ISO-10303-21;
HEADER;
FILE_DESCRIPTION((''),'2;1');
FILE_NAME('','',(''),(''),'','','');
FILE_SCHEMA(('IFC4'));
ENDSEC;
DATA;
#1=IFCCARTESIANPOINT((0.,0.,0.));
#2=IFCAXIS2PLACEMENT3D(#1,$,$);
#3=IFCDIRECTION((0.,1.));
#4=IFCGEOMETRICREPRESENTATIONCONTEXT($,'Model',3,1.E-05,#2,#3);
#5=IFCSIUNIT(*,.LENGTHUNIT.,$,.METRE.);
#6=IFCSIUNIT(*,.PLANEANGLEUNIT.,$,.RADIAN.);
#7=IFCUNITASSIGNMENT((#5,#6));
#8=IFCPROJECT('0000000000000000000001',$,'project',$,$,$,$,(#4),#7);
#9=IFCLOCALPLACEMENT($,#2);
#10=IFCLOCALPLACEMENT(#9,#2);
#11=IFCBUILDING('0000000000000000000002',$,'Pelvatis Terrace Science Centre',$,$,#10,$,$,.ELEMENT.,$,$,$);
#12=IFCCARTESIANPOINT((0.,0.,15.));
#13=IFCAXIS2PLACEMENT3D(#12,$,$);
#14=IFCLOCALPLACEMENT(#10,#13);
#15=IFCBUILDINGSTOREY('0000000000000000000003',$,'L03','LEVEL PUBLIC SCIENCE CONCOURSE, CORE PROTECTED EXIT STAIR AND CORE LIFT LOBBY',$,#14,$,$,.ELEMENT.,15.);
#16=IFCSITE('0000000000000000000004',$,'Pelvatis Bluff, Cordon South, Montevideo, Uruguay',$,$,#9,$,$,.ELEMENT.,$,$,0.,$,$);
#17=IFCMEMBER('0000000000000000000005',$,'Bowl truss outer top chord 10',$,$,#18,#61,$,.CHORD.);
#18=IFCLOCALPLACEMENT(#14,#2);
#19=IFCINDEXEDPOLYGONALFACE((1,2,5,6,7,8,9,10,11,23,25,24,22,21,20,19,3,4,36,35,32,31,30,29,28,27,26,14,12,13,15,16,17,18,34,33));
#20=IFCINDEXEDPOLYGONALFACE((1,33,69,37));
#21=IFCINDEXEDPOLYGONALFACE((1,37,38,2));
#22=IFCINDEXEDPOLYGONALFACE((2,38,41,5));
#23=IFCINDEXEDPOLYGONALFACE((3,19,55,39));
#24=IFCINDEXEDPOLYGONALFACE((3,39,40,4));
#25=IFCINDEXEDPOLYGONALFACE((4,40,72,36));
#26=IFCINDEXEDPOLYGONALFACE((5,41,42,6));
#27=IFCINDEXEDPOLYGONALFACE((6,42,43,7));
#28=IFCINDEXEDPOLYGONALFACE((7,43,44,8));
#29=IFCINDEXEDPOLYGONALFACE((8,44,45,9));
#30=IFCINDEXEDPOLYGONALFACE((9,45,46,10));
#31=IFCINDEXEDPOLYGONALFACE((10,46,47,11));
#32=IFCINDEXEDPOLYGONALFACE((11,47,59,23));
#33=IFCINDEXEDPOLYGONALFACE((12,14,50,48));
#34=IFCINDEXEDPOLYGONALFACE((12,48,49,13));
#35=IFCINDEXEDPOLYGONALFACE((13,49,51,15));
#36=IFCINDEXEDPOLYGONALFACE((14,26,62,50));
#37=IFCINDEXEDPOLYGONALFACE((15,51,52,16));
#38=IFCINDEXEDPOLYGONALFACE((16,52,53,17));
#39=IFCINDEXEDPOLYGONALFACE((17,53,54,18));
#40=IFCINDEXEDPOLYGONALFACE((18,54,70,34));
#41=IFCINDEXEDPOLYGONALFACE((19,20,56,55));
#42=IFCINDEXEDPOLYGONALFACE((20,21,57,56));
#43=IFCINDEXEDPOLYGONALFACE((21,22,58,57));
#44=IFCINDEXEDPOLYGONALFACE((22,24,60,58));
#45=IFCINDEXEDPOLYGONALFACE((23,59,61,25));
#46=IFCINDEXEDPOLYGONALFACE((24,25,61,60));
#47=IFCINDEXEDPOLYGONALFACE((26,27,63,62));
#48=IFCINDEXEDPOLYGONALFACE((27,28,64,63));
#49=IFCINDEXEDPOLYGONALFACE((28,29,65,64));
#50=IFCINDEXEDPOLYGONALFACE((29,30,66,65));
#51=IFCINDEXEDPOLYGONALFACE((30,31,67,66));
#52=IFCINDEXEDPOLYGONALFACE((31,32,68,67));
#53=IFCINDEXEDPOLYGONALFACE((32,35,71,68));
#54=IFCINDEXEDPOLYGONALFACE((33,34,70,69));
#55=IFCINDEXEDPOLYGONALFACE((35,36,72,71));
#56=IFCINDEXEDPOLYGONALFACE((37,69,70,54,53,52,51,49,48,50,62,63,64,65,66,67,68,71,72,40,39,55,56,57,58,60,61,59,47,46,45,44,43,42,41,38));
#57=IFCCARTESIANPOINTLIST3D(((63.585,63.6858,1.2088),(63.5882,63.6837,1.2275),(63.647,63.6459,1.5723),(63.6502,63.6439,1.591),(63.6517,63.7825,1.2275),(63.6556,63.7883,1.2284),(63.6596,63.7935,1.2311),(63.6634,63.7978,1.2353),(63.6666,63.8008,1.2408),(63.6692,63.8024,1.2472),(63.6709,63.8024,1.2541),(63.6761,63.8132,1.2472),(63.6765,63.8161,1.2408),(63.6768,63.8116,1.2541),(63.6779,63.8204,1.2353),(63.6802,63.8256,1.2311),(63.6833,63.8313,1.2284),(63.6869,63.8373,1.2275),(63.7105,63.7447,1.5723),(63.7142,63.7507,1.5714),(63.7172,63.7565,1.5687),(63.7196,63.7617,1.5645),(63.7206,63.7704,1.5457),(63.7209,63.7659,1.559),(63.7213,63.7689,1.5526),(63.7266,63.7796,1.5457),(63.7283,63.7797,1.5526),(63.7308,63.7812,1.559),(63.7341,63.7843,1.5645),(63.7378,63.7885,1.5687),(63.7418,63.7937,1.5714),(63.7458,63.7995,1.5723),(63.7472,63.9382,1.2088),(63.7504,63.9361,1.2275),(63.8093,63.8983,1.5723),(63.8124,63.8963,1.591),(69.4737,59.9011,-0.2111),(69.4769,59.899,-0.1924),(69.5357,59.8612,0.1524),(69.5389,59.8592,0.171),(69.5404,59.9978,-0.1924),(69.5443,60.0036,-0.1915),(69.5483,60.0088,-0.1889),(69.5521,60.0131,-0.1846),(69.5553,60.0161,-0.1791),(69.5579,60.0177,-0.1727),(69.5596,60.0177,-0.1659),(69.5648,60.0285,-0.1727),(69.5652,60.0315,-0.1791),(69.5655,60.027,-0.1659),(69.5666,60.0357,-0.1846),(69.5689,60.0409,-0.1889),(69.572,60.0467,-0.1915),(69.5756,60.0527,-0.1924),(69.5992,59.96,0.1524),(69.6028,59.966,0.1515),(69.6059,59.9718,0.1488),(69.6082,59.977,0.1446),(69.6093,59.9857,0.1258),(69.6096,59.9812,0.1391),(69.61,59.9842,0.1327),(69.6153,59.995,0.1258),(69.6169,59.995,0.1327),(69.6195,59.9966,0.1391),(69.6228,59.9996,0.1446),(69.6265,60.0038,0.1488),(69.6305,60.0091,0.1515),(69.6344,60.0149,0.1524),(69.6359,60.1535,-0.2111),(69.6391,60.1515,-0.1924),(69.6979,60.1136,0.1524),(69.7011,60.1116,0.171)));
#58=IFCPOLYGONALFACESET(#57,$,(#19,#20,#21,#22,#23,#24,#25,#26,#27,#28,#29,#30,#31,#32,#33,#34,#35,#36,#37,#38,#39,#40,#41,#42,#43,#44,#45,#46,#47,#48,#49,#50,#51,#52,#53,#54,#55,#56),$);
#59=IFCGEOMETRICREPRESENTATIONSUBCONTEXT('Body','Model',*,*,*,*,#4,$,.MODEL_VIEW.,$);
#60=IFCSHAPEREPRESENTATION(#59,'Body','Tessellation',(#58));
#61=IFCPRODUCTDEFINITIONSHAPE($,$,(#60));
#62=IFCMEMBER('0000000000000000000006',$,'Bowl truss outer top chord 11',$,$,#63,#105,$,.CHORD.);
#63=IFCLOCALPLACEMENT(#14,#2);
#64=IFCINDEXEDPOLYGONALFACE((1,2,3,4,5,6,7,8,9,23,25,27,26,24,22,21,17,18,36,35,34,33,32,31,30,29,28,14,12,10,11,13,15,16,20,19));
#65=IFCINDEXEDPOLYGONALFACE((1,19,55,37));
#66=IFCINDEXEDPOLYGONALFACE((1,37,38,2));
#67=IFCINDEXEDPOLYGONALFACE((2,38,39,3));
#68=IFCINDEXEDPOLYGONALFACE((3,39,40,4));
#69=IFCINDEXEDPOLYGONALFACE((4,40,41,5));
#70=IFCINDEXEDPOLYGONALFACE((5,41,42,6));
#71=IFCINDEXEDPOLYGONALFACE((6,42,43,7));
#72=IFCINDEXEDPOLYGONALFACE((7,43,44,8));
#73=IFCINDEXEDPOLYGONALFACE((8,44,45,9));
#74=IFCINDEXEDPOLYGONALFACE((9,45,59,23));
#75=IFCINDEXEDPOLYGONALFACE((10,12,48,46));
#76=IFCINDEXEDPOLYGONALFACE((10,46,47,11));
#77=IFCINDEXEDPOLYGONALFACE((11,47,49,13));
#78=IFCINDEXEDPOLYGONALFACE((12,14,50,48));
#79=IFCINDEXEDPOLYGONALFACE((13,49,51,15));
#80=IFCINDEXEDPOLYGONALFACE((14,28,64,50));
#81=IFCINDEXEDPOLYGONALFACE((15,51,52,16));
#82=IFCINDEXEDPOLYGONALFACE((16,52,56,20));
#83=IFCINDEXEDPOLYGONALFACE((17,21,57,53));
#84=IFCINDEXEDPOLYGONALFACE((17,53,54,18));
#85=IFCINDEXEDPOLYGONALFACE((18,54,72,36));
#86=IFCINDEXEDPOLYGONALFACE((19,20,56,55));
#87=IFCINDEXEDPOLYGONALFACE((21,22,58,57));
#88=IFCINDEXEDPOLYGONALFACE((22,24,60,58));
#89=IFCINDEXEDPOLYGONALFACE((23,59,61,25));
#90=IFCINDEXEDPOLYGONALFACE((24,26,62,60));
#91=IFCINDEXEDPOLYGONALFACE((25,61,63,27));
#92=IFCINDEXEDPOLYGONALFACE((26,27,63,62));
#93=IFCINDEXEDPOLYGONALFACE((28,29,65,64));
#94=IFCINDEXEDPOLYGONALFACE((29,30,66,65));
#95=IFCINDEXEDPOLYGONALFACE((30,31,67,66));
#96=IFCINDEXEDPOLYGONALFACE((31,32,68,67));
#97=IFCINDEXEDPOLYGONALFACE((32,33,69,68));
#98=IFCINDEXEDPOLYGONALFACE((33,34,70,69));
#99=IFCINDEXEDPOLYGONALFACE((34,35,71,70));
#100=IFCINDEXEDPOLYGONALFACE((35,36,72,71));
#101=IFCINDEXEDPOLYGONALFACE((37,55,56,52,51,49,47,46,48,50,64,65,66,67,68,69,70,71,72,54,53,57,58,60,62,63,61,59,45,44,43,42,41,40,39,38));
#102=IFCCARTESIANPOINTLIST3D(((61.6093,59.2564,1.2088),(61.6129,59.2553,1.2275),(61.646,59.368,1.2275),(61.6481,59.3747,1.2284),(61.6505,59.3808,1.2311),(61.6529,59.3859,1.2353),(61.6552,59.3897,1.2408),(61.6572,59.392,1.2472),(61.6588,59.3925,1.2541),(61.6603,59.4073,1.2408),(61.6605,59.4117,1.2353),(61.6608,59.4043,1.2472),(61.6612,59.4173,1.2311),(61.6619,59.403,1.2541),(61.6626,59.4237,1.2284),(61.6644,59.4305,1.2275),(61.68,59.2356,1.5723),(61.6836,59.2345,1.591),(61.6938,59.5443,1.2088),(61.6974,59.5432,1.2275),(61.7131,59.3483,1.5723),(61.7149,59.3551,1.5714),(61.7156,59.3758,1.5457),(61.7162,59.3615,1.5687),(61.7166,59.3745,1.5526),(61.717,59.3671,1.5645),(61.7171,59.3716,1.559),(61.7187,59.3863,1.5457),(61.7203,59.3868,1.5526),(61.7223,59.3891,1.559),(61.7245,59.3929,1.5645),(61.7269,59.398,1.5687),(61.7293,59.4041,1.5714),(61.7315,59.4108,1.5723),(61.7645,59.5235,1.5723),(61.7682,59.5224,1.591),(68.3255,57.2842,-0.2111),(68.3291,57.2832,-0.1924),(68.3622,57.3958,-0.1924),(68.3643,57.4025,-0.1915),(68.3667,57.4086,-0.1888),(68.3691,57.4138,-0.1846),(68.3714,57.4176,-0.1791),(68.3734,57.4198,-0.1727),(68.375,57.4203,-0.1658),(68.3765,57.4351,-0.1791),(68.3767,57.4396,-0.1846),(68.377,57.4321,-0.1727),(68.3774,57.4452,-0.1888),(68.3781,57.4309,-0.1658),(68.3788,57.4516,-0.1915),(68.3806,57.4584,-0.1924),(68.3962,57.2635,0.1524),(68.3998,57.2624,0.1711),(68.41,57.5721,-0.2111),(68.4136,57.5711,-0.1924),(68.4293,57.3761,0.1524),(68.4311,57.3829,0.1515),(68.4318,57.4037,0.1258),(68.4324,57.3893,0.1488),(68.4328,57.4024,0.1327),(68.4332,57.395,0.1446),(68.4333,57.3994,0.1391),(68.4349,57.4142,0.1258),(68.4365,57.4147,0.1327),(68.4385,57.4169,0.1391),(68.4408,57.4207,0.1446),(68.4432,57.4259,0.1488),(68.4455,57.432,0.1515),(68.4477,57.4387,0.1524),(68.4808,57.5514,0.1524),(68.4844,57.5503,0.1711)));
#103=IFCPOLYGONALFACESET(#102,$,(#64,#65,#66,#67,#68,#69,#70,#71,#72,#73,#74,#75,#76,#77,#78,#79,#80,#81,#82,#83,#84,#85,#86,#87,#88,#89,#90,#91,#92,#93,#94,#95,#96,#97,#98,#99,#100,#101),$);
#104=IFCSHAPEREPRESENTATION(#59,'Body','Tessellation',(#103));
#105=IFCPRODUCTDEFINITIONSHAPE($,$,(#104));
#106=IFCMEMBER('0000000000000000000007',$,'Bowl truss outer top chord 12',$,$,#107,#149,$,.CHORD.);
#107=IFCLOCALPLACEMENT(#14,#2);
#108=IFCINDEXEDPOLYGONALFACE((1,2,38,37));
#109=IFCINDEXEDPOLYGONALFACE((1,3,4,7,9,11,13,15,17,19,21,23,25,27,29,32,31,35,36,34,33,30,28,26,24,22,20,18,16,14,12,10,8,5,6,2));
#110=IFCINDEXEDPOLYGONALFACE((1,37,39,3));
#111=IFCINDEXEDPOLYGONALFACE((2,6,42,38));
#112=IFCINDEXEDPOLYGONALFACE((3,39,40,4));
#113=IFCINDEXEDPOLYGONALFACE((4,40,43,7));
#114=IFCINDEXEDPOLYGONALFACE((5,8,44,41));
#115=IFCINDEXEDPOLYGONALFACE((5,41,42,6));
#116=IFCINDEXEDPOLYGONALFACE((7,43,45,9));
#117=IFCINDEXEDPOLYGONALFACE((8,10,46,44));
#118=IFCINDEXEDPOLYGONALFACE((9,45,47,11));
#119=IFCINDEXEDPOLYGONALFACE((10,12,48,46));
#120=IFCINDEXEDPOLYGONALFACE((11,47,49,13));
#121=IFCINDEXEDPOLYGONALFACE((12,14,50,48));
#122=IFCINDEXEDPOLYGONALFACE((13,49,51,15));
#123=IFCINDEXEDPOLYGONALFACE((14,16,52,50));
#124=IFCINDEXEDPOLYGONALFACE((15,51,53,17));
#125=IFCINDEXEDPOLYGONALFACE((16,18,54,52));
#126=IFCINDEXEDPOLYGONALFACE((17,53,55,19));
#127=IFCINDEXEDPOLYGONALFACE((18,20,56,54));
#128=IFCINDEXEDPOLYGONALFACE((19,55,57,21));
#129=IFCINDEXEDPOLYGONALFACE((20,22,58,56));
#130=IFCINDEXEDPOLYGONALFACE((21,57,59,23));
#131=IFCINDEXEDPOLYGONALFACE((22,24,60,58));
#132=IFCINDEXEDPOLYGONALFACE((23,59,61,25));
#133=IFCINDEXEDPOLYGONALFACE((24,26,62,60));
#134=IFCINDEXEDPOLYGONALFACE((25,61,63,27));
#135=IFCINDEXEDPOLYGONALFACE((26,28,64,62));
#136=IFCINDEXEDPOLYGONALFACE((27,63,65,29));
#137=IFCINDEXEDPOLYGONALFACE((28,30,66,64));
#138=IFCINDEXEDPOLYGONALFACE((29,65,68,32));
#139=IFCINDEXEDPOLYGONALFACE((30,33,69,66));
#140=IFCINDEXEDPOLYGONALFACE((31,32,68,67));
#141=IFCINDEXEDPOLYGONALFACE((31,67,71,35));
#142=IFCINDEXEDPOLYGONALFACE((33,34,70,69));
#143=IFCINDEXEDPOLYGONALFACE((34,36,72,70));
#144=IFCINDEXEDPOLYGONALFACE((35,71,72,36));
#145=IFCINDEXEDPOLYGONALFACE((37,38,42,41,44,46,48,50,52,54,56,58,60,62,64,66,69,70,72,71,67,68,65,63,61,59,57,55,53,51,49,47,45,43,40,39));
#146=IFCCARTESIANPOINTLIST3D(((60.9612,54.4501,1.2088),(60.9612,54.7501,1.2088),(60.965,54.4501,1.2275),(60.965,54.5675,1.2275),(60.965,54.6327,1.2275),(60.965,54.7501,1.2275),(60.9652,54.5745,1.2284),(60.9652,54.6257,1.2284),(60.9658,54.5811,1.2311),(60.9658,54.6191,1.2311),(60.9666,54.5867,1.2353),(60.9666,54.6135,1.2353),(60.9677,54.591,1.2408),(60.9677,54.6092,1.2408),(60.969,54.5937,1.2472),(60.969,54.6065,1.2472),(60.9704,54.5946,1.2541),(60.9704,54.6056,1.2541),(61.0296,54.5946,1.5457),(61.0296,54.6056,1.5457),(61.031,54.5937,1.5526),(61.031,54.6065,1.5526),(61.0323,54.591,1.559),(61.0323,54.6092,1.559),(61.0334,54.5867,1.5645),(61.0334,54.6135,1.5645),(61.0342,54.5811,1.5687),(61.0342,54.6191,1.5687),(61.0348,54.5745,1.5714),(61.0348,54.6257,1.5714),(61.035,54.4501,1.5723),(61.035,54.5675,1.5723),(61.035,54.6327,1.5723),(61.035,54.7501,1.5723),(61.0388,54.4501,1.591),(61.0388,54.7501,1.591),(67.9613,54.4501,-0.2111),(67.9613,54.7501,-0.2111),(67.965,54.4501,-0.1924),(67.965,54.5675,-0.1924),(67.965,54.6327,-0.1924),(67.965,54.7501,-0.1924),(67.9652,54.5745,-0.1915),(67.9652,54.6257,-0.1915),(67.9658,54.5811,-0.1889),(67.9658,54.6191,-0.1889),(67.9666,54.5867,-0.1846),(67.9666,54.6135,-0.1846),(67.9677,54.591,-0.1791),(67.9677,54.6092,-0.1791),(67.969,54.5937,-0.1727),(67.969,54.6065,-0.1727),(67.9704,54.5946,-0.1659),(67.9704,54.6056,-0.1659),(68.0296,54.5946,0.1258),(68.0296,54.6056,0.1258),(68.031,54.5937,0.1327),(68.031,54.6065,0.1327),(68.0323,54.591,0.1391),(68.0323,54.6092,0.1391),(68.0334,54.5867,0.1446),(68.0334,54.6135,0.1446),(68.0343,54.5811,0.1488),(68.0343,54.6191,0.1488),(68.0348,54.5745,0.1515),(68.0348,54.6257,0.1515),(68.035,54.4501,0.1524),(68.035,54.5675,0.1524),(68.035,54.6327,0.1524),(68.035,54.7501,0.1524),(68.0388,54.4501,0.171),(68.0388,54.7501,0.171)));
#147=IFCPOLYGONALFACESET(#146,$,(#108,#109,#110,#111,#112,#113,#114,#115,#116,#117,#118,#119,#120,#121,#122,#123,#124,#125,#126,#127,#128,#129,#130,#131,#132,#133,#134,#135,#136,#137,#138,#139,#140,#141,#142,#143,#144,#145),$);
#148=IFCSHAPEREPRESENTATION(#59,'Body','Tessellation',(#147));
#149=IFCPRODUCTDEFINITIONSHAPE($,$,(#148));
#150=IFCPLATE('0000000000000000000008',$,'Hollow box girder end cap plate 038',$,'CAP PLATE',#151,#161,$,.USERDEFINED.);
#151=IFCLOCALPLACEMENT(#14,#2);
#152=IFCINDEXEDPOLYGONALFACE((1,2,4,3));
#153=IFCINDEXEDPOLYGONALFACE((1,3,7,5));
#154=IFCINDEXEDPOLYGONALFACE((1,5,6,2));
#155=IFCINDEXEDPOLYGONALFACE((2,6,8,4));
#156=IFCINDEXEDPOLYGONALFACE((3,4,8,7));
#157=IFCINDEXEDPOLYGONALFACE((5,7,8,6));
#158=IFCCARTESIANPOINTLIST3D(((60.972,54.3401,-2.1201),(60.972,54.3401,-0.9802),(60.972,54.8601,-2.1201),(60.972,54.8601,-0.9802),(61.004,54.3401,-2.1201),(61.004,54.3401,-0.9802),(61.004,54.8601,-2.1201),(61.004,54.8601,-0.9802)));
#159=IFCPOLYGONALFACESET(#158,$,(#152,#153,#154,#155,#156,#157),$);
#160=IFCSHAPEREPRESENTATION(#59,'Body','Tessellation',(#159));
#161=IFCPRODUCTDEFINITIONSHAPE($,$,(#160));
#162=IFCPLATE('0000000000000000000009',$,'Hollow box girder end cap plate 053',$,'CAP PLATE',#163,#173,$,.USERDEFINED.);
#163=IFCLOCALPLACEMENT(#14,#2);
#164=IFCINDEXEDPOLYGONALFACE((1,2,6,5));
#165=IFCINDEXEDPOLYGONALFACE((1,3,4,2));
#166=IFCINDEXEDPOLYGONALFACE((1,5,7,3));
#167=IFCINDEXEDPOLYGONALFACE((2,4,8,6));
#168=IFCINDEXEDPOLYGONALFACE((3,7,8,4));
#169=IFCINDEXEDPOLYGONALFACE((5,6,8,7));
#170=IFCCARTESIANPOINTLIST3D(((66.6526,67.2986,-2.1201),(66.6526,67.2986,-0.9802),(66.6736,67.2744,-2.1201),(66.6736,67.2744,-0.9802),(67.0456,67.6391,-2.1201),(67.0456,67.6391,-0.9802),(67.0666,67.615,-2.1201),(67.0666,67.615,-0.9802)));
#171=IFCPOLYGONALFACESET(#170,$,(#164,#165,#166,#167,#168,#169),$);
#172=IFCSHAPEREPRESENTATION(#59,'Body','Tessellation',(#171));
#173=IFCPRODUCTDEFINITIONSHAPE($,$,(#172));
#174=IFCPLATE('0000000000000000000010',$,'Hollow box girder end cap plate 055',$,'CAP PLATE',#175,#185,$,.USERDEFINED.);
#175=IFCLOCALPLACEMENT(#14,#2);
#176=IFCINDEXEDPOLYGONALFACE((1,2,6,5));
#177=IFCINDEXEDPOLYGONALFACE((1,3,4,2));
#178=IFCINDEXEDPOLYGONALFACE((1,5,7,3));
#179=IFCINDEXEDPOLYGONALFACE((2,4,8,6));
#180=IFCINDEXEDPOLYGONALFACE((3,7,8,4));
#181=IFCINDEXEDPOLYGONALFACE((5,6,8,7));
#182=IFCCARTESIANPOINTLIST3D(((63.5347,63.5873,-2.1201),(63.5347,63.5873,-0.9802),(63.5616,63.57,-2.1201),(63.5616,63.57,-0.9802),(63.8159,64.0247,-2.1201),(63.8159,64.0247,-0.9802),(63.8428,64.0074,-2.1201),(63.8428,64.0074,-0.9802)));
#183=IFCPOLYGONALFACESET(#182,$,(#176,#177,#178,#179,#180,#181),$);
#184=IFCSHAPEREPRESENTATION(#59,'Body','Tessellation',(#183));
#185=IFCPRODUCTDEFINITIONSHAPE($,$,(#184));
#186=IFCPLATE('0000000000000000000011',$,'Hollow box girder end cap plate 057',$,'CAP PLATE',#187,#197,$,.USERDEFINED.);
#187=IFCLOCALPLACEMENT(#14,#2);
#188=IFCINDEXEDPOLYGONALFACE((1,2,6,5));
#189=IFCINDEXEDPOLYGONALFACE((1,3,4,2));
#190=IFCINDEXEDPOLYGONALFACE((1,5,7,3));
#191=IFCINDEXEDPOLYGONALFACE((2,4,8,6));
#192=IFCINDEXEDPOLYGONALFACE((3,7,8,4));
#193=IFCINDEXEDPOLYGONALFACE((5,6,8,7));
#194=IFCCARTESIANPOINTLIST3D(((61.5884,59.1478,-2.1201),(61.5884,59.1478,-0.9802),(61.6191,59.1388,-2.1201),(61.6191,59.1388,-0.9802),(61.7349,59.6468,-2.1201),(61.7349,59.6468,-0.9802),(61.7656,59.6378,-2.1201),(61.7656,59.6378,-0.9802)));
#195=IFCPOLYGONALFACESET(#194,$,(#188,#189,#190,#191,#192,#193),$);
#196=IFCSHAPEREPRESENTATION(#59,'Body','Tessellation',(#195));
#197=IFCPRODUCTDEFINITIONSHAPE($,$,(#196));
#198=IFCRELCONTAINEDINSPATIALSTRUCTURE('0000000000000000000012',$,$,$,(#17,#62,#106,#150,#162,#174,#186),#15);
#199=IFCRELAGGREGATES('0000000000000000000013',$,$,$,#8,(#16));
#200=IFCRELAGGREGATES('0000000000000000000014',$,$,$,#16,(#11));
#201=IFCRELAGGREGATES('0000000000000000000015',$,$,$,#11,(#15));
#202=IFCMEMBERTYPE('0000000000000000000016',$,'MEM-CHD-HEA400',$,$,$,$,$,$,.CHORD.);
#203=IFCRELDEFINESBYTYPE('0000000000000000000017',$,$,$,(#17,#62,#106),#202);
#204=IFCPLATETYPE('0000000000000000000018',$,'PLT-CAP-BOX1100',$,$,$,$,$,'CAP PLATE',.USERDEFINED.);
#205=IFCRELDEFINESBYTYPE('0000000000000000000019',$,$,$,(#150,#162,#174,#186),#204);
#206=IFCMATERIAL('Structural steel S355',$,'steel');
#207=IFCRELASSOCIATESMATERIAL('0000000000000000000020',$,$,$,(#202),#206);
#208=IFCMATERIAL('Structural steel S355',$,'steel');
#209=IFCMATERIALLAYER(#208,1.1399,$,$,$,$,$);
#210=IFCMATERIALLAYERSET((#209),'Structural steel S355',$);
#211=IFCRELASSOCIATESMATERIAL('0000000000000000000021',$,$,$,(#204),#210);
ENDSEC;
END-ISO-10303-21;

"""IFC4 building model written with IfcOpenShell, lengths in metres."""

from ifc_helpers import new_model, si_unit, direction, frame, origin, origin_2d, place, context, subcontext, project, spatial, rectangle, i_section, extrude, material, layer, layer_set, material_profile, profile_set, type_object, element, save


model = new_model("IFC4")

# Units and contexts
model_context = context("Model", 3, precision=1e-05, world=origin(), true_north=direction((0.0, 1.0)))
body_context = subcontext(model_context, "Body", "Model", "MODEL_VIEW")
ifc_project = project(units=[si_unit("LENGTHUNIT", "METRE"), si_unit("PLANEANGLEUNIT", "RADIAN")], contexts=[model_context])

# Site, building, storey
site_placement = place(None, origin())
site = spatial("IfcSite", under=ifc_project, at=site_placement, Name="Pelvatis Bluff, Cordon South, Montevideo, Uruguay", CompositionType="ELEMENT", RefElevation=0.0)
building_placement = place(site_placement, origin())
building = spatial("IfcBuilding", under=site, at=building_placement, Name="Pelvatis Terrace Science Centre", CompositionType="ELEMENT")
storey_placement = place(building_placement, frame((0.0, 0.0, 15.0)))
storey = spatial("IfcBuildingStorey", under=building, at=storey_placement, Name="L03", Description="LEVEL PUBLIC SCIENCE CONCOURSE, CORE PROTECTED EXIT STAIR AND CORE LIFT LOBBY", CompositionType="ELEMENT", Elevation=15.0)

# Members
ifc_material_1 = material(Name="Structural steel S355", Category="steel")
ifc_material_profile_1 = material_profile(ifc_material_1, i_section(OverallWidth=0.3, OverallDepth=0.3899, WebThickness=0.011, FlangeThickness=0.019, FilletRadius=0.0271, at=origin_2d()), Name="HEA 400")
ifc_profile_set_1 = profile_set([ifc_material_profile_1], Name="Structural steel S355")
member_type_1 = type_object("IfcMemberType", Name="MEM-CHD-HEA400", PredefinedType="CHORD", material=ifc_profile_set_1)
member_1_placement = place(storey_placement, frame((63.6987, 63.791, 1.3999), z_axis=(0.824447, -0.529875, -0.198797), x_axis=(0.540666, 0.841237, 0.0)))
element("IfcMember", 1, at=member_1_placement, inside=storey, type_object=member_type_1, Name="Bowl truss outer top chord 10", PredefinedType="CHORD", context=body_context, shape_type="SweptSolid", body=[
    extrude(i_section(OverallWidth=0.3, OverallDepth=0.3899, WebThickness=0.011, FlangeThickness=0.019, FilletRadius=0.0271, at=origin_2d()), origin(), (0.0, 0.0, 1.0), 7.1426),
])
member_2_placement = place(storey_placement, frame((61.6887, 59.3894, 1.3999), z_axis=(0.940338, -0.27612, -0.198801), x_axis=(0.281743, 0.95949, 0.0)))
element("IfcMember", 2, at=member_2_placement, inside=storey, type_object=member_type_1, Name="Bowl truss outer top chord 11", PredefinedType="CHORD", context=body_context, shape_type="SweptSolid", body=[
    extrude(i_section(OverallWidth=0.3, OverallDepth=0.3899, WebThickness=0.011, FlangeThickness=0.019, FilletRadius=0.0271, at=origin_2d()), origin(), (0.0, 0.0, 1.0), 7.1423),
])
member_3_placement = place(storey_placement, frame((61.0, 54.6001, 1.3999), z_axis=(0.980041, 0.0, -0.198797), x_axis=(0.0, 1.0, 0.0)))
element("IfcMember", 3, at=member_3_placement, inside=storey, type_object=member_type_1, Name="Bowl truss outer top chord 12", PredefinedType="CHORD", context=body_context, shape_type="SweptSolid", body=[
    extrude(i_section(OverallWidth=0.3, OverallDepth=0.3899, WebThickness=0.011, FlangeThickness=0.019, FilletRadius=0.0271, at=origin_2d()), origin(), (0.0, 0.0, 1.0), 7.1426),
])

# Plates
ifc_material_2 = material(Name="Structural steel S355", Category="steel")
ifc_layer_1 = layer(ifc_material_2, 1.1399)
ifc_layer_set_1 = layer_set([ifc_layer_1], Name="Structural steel S355")
plate_type_1 = type_object("IfcPlateType", Name="PLT-CAP-BOX1100", ElementType="CAP PLATE", PredefinedType="USERDEFINED", material=ifc_layer_set_1)
for number, where, z_axis, x_axis, name in (
    (4, (60.988, 54.6001, -2.1201), (0.0, 0.0, 1.0), (-1.0, 0.0, 0.0), "Hollow box girder end cap plate 038"),
    (5, (66.8596, 67.4568, -2.1201), (0.0, 0.0, 1.0), (0.654873, -0.755739, 0.0), "Hollow box girder end cap plate 053"),
    (6, (63.6887, 63.7974, -2.1201), (0.0, 0.0, 1.0), (0.841228, -0.540681, 0.0), "Hollow box girder end cap plate 055"),
    (7, (61.677, 59.3928, -2.1201), (0.0, 0.0, 1.0), (0.959511, -0.281672, 0.0), "Hollow box girder end cap plate 057"),
):
    element("IfcPlate", number, at=place(storey_placement, frame(where, z_axis=z_axis, x_axis=x_axis)), inside=storey, type_object=plate_type_1, Name=name, ObjectType="CAP PLATE", PredefinedType="USERDEFINED", context=body_context, shape_type="SweptSolid", body=[
        extrude(rectangle(XDim=0.032, YDim=0.52, at=origin_2d()), origin(), (0.0, 0.0, 1.0), 1.1399),
    ])

save(model, "model.ifc")
